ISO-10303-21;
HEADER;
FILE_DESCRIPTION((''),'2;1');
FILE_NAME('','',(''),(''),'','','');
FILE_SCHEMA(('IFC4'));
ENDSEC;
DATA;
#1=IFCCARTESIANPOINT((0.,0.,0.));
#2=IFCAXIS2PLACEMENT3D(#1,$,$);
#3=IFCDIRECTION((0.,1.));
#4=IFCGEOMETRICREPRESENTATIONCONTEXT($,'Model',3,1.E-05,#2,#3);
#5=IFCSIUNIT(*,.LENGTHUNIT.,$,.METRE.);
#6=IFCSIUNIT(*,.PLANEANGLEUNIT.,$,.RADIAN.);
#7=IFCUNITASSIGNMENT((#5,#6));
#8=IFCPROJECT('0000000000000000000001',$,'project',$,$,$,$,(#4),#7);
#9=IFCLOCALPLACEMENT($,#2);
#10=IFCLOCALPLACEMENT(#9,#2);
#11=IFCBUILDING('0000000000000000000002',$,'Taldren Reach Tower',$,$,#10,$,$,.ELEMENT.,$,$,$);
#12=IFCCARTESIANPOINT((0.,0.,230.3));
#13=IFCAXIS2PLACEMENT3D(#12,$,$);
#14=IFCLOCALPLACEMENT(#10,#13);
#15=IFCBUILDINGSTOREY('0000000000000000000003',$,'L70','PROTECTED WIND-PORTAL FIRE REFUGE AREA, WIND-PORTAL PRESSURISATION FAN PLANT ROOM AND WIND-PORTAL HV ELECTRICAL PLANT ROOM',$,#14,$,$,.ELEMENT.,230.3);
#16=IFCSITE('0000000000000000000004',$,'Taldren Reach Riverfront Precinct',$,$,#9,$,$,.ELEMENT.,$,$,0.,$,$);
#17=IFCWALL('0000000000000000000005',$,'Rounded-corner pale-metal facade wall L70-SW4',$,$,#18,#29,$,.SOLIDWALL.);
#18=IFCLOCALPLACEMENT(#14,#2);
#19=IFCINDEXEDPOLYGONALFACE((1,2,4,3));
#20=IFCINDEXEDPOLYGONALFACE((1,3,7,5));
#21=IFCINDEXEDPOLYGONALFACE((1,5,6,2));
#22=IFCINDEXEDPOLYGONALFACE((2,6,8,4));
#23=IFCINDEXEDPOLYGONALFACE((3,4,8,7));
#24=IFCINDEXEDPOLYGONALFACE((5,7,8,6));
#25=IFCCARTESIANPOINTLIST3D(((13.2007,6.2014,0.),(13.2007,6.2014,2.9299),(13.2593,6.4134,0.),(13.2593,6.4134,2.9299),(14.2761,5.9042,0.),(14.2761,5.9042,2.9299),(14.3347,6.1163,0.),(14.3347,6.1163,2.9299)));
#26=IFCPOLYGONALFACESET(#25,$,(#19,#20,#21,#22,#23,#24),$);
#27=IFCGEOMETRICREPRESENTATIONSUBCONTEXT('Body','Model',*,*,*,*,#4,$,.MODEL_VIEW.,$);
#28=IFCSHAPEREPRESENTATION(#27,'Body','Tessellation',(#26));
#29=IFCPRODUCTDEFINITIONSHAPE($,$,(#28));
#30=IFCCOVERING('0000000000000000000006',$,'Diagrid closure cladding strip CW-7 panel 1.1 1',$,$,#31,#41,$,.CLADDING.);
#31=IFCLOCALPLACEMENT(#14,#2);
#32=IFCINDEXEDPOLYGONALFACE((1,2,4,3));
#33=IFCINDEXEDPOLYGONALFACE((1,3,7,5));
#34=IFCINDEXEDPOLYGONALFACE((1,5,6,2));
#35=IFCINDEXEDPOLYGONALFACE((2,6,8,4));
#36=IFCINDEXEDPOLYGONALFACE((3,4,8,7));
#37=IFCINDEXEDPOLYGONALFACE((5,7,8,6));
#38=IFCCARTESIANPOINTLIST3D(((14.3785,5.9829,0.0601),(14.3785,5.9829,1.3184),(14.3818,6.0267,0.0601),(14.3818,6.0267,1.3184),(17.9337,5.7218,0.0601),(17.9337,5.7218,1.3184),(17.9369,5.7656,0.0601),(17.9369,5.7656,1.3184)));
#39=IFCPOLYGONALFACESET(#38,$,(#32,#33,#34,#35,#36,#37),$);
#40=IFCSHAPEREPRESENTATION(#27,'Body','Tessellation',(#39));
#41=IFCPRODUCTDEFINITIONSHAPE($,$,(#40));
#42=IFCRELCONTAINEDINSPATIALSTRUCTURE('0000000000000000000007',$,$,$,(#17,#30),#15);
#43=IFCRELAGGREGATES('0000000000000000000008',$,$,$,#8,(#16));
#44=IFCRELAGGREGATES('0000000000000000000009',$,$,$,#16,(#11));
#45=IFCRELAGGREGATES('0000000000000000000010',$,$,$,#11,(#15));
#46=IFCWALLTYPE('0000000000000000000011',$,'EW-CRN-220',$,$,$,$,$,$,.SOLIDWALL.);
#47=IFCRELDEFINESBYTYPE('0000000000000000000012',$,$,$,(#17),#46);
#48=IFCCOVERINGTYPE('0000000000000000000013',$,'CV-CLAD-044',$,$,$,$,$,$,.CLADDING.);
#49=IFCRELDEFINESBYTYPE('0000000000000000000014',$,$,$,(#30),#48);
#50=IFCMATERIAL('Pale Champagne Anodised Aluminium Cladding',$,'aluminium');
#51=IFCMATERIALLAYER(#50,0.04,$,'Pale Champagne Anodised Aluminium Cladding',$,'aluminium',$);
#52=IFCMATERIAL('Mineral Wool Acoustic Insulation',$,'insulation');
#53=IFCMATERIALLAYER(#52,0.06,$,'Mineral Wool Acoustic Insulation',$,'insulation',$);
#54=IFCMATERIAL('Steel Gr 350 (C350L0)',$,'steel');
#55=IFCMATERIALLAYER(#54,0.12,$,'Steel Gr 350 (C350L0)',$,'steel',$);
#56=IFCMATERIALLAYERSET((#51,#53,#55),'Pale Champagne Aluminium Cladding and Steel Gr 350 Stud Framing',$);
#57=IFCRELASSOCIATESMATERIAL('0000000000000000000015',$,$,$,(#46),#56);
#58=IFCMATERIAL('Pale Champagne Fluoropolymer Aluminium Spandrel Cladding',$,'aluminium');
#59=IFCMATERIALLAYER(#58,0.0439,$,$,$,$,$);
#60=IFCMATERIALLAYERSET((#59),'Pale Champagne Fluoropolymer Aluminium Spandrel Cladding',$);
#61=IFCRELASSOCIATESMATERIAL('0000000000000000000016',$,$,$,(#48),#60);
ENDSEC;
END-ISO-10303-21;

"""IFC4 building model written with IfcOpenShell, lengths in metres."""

from ifc_helpers import new_model, si_unit, direction, frame, frame_2d, origin, origin_2d, place, context, subcontext, project, spatial, rectangle, extrude, source, transform, mapped, material, layer, layer_set, type_object, element, save


model = new_model("IFC4")

# Units and contexts
model_context = context("Model", 3, precision=1e-05, world=origin(), true_north=direction((0.0, 1.0)))
body_context = subcontext(model_context, "Body", "Model", "MODEL_VIEW")
ifc_project = project(units=[si_unit("LENGTHUNIT", "METRE"), si_unit("PLANEANGLEUNIT", "RADIAN")], contexts=[model_context])

# Site, building, storey
site_placement = place(None, origin())
site = spatial("IfcSite", under=ifc_project, at=site_placement, Name="Taldren Reach Riverfront Precinct", CompositionType="ELEMENT", RefElevation=0.0)
building_placement = place(site_placement, origin())
building = spatial("IfcBuilding", under=site, at=building_placement, Name="Taldren Reach Tower", CompositionType="ELEMENT")
storey_placement = place(building_placement, frame((0.0, 0.0, 230.3)))
storey = spatial("IfcBuildingStorey", under=building, at=storey_placement, Name="L70", Description="PROTECTED WIND-PORTAL FIRE REFUGE AREA, WIND-PORTAL PRESSURISATION FAN PLANT ROOM AND WIND-PORTAL HV ELECTRICAL PLANT ROOM", CompositionType="ELEMENT", Elevation=230.3)

# Shared definitions
ifc_material_1 = material(Name="Steel Gr 350 (C350L0)", Category="steel")

# Wall
ifc_material_2 = material(Name="Pale Champagne Anodised Aluminium Cladding", Category="aluminium")
ifc_layer_1 = layer(ifc_material_2, 0.04, Name="Pale Champagne Anodised Aluminium Cladding", Category="aluminium")
ifc_material_3 = material(Name="Mineral Wool Acoustic Insulation", Category="insulation")
ifc_layer_2 = layer(ifc_material_3, 0.06, Name="Mineral Wool Acoustic Insulation", Category="insulation")
ifc_layer_3 = layer(ifc_material_1, 0.12, Name="Steel Gr 350 (C350L0)", Category="steel")
ifc_layer_set_1 = layer_set([ifc_layer_1, ifc_layer_2, ifc_layer_3], Name="Pale Champagne Aluminium Cladding and Steel Gr 350 Stud Framing")
wall_type = type_object("IfcWallType", Name="EW-CRN-220", PredefinedType="SOLIDWALL", material=ifc_layer_set_1)
shared_shape_1 = source(origin(), body_context, "Body", "SweptSolid", [
    extrude(rectangle(XDim=1.1157, YDim=0.22, at=frame_2d((0.5579, 0.0))), origin(), (0.0, 0.0, 1.0), 2.9299),
])
wall_placement = place(storey_placement, frame((13.23, 6.3074, 0.0), z_axis=(0.0, 0.0, 1.0), x_axis=(0.96389, -0.266301, 0.0)))
element("IfcWall", 1, at=wall_placement, inside=storey, type_object=wall_type, Name="Rounded-corner pale-metal facade wall L70-SW4", PredefinedType="SOLIDWALL", context=body_context, shape_type="MappedRepresentation", body=[
    mapped(shared_shape_1, transform((0.0, 0.0, 0.0), scale=1.0)),
])

# Covering
ifc_material_4 = material(Name="Pale Champagne Fluoropolymer Aluminium Spandrel Cladding", Category="aluminium")
ifc_layer_4 = layer(ifc_material_4, 0.0439)
ifc_layer_set_2 = layer_set([ifc_layer_4], Name="Pale Champagne Fluoropolymer Aluminium Spandrel Cladding")
covering_type = type_object("IfcCoveringType", Name="CV-CLAD-044", PredefinedType="CLADDING", material=ifc_layer_set_2)
shared_shape_2 = source(origin(), body_context, "Body", "SweptSolid", [
    extrude(rectangle(XDim=3.5647, YDim=0.0439, at=origin_2d()), origin(), (0.0, 0.0, 1.0), 1.2583),
])
covering_placement = place(storey_placement, frame((16.1577, 5.8743, 0.0601), z_axis=(0.0, 0.0, 1.0), x_axis=(0.997314, -0.073238, 0.0)))
element("IfcCovering", 2, at=covering_placement, inside=storey, type_object=covering_type, Name="Diagrid closure cladding strip CW-7 panel 1.1 1", PredefinedType="CLADDING", context=body_context, shape_type="MappedRepresentation", body=[
    mapped(shared_shape_2, transform((0.0, 0.0, 0.0), scale=1.0)),
])

save(model, "model.ifc")
